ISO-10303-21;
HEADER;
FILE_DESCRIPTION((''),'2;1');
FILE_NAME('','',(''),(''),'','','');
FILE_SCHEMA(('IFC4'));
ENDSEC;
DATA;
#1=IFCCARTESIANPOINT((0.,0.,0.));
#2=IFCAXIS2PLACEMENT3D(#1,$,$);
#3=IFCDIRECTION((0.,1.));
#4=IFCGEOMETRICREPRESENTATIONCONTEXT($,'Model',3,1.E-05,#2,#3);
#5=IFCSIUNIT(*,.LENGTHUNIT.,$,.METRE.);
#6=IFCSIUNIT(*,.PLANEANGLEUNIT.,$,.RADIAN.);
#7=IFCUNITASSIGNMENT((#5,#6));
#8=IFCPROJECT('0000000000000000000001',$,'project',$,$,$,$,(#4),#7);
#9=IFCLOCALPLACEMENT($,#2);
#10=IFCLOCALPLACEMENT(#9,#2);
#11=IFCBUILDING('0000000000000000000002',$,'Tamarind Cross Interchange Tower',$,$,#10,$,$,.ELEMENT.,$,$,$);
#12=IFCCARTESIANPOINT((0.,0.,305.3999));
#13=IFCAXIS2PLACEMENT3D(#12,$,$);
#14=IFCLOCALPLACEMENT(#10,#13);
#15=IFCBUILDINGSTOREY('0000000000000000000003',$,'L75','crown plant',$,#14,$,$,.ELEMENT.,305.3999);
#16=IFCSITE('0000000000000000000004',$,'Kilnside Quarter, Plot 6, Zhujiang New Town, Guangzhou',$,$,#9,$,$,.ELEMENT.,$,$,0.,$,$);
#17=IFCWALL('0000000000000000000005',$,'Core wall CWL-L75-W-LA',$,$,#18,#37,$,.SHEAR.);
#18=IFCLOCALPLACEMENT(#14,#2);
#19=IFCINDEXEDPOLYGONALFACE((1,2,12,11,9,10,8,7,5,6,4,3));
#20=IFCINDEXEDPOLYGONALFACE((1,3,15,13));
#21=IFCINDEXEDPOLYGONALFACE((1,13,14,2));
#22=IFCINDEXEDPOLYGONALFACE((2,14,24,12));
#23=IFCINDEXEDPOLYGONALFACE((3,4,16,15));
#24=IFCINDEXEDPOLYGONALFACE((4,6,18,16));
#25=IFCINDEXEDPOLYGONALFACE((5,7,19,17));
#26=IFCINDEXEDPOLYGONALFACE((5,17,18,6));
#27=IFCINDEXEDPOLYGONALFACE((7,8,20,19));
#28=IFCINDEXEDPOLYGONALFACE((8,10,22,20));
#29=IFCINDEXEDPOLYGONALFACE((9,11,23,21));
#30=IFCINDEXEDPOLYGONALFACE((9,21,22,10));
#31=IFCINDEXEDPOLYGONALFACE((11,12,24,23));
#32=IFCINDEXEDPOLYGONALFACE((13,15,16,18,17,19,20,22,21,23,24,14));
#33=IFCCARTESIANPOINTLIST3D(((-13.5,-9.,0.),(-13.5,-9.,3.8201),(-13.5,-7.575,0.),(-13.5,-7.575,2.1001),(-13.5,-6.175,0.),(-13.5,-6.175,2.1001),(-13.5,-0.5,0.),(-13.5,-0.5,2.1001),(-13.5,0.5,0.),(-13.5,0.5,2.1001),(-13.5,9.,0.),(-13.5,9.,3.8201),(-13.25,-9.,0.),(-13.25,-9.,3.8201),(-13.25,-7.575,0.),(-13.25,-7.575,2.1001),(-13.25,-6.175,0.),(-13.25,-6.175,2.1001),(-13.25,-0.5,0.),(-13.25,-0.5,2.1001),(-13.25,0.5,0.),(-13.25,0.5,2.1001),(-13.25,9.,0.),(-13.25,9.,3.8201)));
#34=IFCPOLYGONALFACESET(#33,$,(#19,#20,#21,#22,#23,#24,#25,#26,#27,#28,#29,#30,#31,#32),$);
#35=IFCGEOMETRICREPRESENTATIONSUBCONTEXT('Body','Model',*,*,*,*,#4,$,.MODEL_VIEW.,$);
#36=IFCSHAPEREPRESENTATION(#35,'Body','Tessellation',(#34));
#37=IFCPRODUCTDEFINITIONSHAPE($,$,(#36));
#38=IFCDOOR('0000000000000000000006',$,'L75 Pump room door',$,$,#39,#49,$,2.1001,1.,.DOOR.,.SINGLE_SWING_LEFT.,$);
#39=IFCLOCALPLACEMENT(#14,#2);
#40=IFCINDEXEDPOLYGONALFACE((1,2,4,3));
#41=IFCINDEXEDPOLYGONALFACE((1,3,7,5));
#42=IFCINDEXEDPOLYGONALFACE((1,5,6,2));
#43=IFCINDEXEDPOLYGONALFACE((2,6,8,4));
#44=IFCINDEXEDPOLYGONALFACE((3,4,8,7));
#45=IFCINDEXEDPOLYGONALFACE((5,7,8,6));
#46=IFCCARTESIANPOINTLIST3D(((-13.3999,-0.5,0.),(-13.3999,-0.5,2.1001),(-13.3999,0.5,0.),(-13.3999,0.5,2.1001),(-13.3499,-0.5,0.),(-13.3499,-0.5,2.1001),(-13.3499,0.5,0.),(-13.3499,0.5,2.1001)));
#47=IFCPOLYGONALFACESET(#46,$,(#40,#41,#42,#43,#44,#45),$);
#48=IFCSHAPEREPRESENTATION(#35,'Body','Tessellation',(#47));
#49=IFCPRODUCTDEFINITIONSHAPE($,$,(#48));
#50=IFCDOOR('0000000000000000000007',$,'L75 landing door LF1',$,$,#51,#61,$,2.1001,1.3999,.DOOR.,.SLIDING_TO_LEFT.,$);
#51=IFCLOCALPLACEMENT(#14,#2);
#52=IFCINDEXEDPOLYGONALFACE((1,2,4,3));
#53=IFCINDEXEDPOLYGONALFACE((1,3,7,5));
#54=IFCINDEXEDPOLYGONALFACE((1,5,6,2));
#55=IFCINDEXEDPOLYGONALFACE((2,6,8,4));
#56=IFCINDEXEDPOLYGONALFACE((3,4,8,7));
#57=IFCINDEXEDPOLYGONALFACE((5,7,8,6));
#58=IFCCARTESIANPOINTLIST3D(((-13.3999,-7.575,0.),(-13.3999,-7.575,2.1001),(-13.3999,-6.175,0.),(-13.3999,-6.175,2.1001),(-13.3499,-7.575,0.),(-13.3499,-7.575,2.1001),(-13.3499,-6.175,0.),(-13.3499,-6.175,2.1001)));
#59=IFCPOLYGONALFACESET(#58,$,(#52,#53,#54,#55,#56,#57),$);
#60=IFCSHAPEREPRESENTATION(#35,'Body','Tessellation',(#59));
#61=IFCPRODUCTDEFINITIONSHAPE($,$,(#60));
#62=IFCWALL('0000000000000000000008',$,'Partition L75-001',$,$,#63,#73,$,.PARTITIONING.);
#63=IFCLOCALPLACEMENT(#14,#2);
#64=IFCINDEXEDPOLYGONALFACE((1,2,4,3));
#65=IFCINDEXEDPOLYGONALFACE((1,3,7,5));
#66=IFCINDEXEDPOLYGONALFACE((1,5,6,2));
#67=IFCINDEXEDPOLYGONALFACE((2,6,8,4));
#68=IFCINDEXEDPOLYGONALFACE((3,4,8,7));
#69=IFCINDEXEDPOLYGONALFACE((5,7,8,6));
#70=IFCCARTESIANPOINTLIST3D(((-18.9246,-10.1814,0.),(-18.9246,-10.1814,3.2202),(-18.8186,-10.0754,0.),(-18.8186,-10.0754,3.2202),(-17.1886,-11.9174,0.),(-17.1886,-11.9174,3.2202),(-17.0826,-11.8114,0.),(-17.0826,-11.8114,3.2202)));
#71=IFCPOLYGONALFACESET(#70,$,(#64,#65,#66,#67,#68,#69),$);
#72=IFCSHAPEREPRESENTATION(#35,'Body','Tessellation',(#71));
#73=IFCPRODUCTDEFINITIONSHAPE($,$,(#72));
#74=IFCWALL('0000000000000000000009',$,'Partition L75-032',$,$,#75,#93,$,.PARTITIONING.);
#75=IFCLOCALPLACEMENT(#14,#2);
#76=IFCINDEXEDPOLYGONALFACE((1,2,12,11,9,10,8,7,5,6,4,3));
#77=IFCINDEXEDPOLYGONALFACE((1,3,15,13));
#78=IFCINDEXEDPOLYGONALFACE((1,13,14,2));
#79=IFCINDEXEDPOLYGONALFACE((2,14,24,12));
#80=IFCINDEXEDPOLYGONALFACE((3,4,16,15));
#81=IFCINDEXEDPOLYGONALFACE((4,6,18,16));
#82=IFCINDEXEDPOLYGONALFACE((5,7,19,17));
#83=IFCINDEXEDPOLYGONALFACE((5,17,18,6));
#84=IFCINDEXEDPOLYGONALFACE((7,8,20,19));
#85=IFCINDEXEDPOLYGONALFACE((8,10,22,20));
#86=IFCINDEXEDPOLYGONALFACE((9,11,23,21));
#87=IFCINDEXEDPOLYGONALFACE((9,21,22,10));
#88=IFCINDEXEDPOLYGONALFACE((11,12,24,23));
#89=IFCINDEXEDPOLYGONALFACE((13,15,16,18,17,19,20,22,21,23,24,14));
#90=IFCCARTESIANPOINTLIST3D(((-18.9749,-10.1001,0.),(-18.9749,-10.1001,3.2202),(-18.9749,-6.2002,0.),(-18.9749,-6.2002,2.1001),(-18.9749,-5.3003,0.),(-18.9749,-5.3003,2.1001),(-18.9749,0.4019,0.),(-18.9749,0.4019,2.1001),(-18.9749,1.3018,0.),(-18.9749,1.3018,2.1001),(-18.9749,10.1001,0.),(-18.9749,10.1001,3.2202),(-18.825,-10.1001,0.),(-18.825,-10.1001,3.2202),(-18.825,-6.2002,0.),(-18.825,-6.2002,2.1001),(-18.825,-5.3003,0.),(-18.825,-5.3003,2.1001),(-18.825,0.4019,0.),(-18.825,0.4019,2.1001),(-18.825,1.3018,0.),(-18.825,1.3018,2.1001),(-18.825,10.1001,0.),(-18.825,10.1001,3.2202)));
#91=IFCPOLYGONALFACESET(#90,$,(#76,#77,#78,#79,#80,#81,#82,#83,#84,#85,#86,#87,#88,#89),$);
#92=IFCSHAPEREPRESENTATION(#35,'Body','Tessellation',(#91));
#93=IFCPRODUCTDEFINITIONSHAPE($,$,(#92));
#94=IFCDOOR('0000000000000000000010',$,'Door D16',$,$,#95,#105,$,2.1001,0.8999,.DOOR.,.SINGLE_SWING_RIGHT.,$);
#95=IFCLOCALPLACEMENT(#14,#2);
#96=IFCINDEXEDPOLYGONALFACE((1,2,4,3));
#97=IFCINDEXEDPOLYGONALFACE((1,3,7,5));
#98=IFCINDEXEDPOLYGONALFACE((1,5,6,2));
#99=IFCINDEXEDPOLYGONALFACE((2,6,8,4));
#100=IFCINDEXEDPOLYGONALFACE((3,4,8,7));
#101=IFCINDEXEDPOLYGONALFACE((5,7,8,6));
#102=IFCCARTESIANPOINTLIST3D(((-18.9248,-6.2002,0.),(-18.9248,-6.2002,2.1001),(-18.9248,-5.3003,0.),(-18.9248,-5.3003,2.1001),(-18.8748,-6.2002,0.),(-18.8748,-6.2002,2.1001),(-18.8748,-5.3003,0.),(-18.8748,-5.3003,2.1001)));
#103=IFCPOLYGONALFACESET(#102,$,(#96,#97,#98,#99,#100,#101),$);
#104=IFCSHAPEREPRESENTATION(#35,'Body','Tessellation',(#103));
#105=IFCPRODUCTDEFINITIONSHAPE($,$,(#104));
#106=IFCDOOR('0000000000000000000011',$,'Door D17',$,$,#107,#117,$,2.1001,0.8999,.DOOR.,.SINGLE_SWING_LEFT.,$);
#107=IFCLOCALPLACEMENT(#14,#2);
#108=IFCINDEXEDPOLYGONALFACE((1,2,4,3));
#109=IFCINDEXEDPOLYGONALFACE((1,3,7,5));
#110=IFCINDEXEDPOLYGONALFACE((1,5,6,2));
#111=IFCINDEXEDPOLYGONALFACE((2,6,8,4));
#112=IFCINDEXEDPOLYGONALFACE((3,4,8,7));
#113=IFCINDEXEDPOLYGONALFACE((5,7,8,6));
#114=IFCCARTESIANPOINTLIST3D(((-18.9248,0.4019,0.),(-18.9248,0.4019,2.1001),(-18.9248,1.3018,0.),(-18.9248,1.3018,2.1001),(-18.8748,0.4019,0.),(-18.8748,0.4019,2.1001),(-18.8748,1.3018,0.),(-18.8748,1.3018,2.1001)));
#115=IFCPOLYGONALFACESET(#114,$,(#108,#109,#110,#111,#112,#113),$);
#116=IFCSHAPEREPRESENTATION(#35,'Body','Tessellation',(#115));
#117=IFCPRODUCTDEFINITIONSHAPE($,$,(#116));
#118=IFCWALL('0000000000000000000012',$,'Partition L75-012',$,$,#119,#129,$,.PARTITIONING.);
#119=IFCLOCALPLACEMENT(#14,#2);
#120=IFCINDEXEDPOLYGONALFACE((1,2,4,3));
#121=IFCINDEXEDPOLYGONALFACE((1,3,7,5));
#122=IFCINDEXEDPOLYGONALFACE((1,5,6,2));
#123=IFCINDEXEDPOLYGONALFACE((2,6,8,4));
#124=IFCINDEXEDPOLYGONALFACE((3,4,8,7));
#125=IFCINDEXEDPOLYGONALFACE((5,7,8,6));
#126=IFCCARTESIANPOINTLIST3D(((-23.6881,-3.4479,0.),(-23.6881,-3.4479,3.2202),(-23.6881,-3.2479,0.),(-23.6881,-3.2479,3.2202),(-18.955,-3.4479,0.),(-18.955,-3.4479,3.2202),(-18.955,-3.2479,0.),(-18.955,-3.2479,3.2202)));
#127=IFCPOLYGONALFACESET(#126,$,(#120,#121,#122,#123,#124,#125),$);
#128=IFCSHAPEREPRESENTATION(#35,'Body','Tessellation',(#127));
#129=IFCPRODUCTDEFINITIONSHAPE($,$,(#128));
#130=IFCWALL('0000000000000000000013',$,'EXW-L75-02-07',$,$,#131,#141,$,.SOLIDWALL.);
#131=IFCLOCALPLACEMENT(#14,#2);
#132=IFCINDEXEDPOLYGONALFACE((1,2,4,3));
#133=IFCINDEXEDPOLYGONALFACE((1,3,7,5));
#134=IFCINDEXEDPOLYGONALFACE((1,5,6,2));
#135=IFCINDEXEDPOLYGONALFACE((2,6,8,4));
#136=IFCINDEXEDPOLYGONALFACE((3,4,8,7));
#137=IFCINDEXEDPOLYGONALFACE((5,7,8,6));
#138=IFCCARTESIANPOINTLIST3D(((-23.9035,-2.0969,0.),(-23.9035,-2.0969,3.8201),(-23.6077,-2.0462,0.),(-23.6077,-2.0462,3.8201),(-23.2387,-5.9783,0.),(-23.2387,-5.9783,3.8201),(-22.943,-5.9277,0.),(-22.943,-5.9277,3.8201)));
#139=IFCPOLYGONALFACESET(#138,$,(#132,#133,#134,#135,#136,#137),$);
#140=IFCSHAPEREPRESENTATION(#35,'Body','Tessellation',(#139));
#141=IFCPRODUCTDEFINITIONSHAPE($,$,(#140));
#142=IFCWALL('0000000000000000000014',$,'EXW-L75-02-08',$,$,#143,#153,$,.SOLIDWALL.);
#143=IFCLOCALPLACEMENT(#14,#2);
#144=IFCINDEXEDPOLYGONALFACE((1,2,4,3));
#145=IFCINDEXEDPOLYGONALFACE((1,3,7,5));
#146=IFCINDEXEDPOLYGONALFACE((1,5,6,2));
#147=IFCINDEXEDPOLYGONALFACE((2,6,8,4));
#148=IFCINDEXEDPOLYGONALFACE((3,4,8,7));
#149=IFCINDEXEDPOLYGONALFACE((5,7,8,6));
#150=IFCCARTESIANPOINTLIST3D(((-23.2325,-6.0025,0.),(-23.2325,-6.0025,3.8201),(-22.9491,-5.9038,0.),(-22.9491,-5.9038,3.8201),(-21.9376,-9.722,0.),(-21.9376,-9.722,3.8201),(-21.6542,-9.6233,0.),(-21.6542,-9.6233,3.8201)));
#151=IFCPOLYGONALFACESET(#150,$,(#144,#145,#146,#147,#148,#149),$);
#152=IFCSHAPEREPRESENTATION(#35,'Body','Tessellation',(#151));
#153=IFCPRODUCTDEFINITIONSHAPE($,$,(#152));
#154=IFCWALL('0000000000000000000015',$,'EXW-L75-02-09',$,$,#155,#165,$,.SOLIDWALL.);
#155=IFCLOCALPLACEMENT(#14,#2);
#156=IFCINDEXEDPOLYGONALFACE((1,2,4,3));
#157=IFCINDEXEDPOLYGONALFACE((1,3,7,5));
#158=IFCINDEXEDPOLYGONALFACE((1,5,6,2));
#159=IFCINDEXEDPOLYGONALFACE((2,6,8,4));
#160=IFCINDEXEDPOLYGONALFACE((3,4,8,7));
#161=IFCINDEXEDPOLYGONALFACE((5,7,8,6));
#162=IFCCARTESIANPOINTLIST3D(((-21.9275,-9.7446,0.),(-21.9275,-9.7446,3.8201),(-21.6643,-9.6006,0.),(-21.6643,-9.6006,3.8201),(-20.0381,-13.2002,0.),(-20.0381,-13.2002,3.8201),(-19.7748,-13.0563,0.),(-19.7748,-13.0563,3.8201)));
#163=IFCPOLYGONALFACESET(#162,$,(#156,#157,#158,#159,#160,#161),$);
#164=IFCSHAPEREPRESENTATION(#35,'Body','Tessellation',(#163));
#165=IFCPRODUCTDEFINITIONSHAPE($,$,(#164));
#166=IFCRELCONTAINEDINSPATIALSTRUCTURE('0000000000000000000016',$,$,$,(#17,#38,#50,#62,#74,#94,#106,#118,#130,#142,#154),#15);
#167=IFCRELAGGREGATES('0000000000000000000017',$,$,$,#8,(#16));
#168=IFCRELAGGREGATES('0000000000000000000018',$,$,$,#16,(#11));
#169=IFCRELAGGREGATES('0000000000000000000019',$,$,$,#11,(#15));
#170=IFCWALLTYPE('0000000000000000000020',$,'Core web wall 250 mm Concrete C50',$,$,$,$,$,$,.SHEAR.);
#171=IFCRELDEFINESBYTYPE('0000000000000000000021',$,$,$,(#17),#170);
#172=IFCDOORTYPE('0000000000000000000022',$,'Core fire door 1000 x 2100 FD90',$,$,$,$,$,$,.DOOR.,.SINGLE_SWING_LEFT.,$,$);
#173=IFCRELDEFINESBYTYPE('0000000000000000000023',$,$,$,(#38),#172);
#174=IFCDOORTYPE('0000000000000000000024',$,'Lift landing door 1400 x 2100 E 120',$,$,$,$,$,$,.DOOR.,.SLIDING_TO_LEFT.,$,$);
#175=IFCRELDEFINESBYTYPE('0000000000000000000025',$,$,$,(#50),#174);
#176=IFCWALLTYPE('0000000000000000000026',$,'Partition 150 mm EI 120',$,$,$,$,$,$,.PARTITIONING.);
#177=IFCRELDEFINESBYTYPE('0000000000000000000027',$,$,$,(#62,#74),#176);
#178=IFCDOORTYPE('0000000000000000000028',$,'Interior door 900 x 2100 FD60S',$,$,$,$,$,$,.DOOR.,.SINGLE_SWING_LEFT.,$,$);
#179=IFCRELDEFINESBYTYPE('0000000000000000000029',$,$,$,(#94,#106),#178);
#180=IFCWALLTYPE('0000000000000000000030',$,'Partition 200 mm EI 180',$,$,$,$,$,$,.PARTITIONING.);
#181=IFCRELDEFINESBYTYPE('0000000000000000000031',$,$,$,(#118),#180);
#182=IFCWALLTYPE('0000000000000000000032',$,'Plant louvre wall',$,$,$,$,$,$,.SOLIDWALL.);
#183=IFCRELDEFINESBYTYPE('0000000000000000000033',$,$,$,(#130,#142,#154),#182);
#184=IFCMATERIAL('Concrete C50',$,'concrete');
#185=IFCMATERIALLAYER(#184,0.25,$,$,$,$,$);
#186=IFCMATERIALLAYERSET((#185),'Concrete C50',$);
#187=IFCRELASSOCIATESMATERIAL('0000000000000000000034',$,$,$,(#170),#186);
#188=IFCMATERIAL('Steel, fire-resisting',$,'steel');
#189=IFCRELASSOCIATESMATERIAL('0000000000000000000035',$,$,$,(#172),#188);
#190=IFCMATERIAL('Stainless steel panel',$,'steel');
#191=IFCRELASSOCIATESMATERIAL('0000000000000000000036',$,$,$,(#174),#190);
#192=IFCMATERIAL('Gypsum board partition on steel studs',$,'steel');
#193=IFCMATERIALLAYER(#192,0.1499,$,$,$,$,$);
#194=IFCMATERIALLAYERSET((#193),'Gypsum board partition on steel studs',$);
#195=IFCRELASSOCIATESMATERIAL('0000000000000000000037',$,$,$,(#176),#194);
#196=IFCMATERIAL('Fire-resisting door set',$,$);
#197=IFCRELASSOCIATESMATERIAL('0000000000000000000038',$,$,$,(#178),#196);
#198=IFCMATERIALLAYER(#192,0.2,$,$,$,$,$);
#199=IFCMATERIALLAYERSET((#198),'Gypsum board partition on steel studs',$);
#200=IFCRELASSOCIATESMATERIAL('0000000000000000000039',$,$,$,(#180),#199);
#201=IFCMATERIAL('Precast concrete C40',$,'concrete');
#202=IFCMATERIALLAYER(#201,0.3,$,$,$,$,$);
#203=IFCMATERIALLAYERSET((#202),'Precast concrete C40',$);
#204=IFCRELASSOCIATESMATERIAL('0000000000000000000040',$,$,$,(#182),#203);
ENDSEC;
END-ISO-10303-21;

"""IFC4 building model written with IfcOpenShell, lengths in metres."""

from ifc_helpers import new_model, si_unit, direction, frame, frame_2d, origin, place, context, subcontext, project, spatial, rectangle, extrude, material, layer, layer_set, type_object, element, fill, save


model = new_model("IFC4")

# Units and contexts
model_context = context("Model", 3, precision=1e-05, world=origin(), true_north=direction((0.0, 1.0)))
body_context = subcontext(model_context, "Body", "Model", "MODEL_VIEW")
ifc_project = project(units=[si_unit("LENGTHUNIT", "METRE"), si_unit("PLANEANGLEUNIT", "RADIAN")], contexts=[model_context])

# Site, building, storey
site_placement = place(None, origin())
site = spatial("IfcSite", under=ifc_project, at=site_placement, Name="Kilnside Quarter, Plot 6, Zhujiang New Town, Guangzhou", CompositionType="ELEMENT", RefElevation=0.0)
building_placement = place(site_placement, origin())
building = spatial("IfcBuilding", under=site, at=building_placement, Name="Tamarind Cross Interchange Tower", CompositionType="ELEMENT")
storey_placement = place(building_placement, frame((0.0, 0.0, 305.3999)))
storey = spatial("IfcBuildingStorey", under=building, at=storey_placement, Name="L75", Description="crown plant", CompositionType="ELEMENT", Elevation=305.3999)

# Wall, openings, doors
ifc_material_1 = material(Name="Concrete C50", Category="concrete")
ifc_material_2 = material(Name="Steel, fire-resisting", Category="steel")
ifc_layer_1 = layer(ifc_material_1, 0.25)
ifc_layer_set_1 = layer_set([ifc_layer_1], Name="Concrete C50")
wall_type_1 = type_object("IfcWallType", Name="Core web wall 250 mm Concrete C50", PredefinedType="SHEAR", material=ifc_layer_set_1)
wall_1_placement = place(storey_placement, frame((-13.375, -9.0, 0.0), z_axis=(0.0, 0.0, 1.0), x_axis=(0.0, 1.0, 0.0)))
wall_1 = element("IfcWall", 1, at=wall_1_placement, inside=storey, type_object=wall_type_1, Name="Core wall CWL-L75-W-LA", PredefinedType="SHEAR", context=body_context, shape_type="SweptSolid", body=[
    extrude(rectangle(XDim=18.0, YDim=0.25, at=frame_2d((9.0, 0.0))), origin(), (0.0, 0.0, 1.0), 3.8201),
])
opening_1_placement = place(wall_1_placement, frame((1.425, 0.0, 0.0)))
opening_1 = element("IfcOpeningElement", 2, at=opening_1_placement, cuts=wall_1, PredefinedType="OPENING", context=body_context, shape_type="SweptSolid", body=[
    extrude(rectangle(XDim=1.3999, YDim=2.1001, at=frame_2d((0.7, 1.05))), frame((0.0, 0.135, 0.0), z_axis=(0.0, -1.0, 0.0), x_axis=(1.0, 0.0, 0.0)), (0.0, 0.0, 1.0), 0.27),
])
opening_2_placement = place(wall_1_placement, frame((8.5, 0.0, 0.0)))
opening_2 = element("IfcOpeningElement", 3, at=opening_2_placement, cuts=wall_1, PredefinedType="OPENING", context=body_context, shape_type="SweptSolid", body=[
    extrude(rectangle(XDim=1.0, YDim=2.1001, at=frame_2d((0.5, 1.05))), frame((0.0, 0.135, 0.0), z_axis=(0.0, -1.0, 0.0), x_axis=(1.0, 0.0, 0.0)), (0.0, 0.0, 1.0), 0.27),
])
door_type_1 = type_object("IfcDoorType", Name="Core fire door 1000 x 2100 FD90", OperationType="SINGLE_SWING_LEFT", PredefinedType="DOOR", material=ifc_material_2)
door_1_placement = place(opening_2_placement, origin())
door_1 = element("IfcDoor", 4, at=door_1_placement, inside=storey, type_object=door_type_1, Name="L75 Pump room door", OperationType="SINGLE_SWING_LEFT", OverallHeight=2.1001, OverallWidth=1.0, PredefinedType="DOOR", context=body_context, shape_type="SweptSolid", body=[
    extrude(rectangle(XDim=1.0, YDim=2.1001, at=frame_2d((0.5, 1.05))), frame((0.0, 0.0249, 0.0), z_axis=(0.0, -1.0, 0.0), x_axis=(1.0, 0.0, 0.0)), (0.0, 0.0, 1.0), 0.05),
])
fill(opening_2, door_1)
ifc_material_3 = material(Name="Stainless steel panel", Category="steel")
door_type_2 = type_object("IfcDoorType", Name="Lift landing door 1400 x 2100 E 120", OperationType="SLIDING_TO_LEFT", PredefinedType="DOOR", material=ifc_material_3)
door_2_placement = place(opening_1_placement, origin())
door_2 = element("IfcDoor", 5, at=door_2_placement, inside=storey, type_object=door_type_2, Name="L75 landing door LF1", OperationType="SLIDING_TO_LEFT", OverallHeight=2.1001, OverallWidth=1.3999, PredefinedType="DOOR", context=body_context, shape_type="SweptSolid", body=[
    extrude(rectangle(XDim=1.3999, YDim=2.1001, at=frame_2d((0.7, 1.05))), frame((0.0, 0.0249, 0.0), z_axis=(0.0, -1.0, 0.0), x_axis=(1.0, 0.0, 0.0)), (0.0, 0.0, 1.0), 0.05),
])
fill(opening_1, door_2)

# Wall
ifc_material_4 = material(Name="Gypsum board partition on steel studs", Category="steel")
ifc_layer_2 = layer(ifc_material_4, 0.1499)
ifc_layer_set_2 = layer_set([ifc_layer_2], Name="Gypsum board partition on steel studs")
wall_type_2 = type_object("IfcWallType", Name="Partition 150 mm EI 120", PredefinedType="PARTITIONING", material=ifc_layer_set_2)
wall_2_placement = place(storey_placement, frame((-18.8716, -10.1284, 0.0), z_axis=(0.0, 0.0, 1.0), x_axis=(0.707107, -0.707107, 0.0)))
element("IfcWall", 6, at=wall_2_placement, inside=storey, type_object=wall_type_2, Name="Partition L75-001", PredefinedType="PARTITIONING", context=body_context, shape_type="SweptSolid", body=[
    extrude(rectangle(XDim=2.4551, YDim=0.1499, at=frame_2d((1.2275, 0.0))), origin(), (0.0, 0.0, 1.0), 3.2202),
])

# Wall, openings, doors
wall_3_placement = place(storey_placement, frame((-18.8999, -10.1001, 0.0), z_axis=(0.0, 0.0, 1.0), x_axis=(0.0, 1.0, 0.0)))
wall_3 = element("IfcWall", 7, at=wall_3_placement, inside=storey, type_object=wall_type_2, Name="Partition L75-032", PredefinedType="PARTITIONING", context=body_context, shape_type="SweptSolid", body=[
    extrude(rectangle(XDim=20.2002, YDim=0.1499, at=frame_2d((10.1001, 0.0))), origin(), (0.0, 0.0, 1.0), 3.2202),
])
opening_3_placement = place(wall_3_placement, frame((3.8999, 0.0, 0.0)))
opening_3 = element("IfcOpeningElement", 8, at=opening_3_placement, cuts=wall_3, PredefinedType="OPENING", context=body_context, shape_type="SweptSolid", body=[
    extrude(rectangle(XDim=0.8999, YDim=2.1001, at=frame_2d((0.45, 1.05))), frame((0.0, 0.085, 0.0), z_axis=(0.0, -1.0, 0.0), x_axis=(1.0, 0.0, 0.0)), (0.0, 0.0, 1.0), 0.1699),
])
opening_4_placement = place(wall_3_placement, frame((10.502, 0.0, 0.0)))
opening_4 = element("IfcOpeningElement", 9, at=opening_4_placement, cuts=wall_3, PredefinedType="OPENING", context=body_context, shape_type="SweptSolid", body=[
    extrude(rectangle(XDim=0.8999, YDim=2.1001, at=frame_2d((0.45, 1.05))), frame((0.0, 0.085, 0.0), z_axis=(0.0, -1.0, 0.0), x_axis=(1.0, 0.0, 0.0)), (0.0, 0.0, 1.0), 0.1699),
])
ifc_material_5 = material(Name="Fire-resisting door set")
door_type_3 = type_object("IfcDoorType", Name="Interior door 900 x 2100 FD60S", OperationType="SINGLE_SWING_LEFT", PredefinedType="DOOR", material=ifc_material_5)
door_3_placement = place(opening_3_placement, origin())
door_3 = element("IfcDoor", 10, at=door_3_placement, inside=storey, type_object=door_type_3, Name="Door D16", OperationType="SINGLE_SWING_RIGHT", OverallHeight=2.1001, OverallWidth=0.8999, PredefinedType="DOOR", context=body_context, shape_type="SweptSolid", body=[
    extrude(rectangle(XDim=0.8999, YDim=2.1001, at=frame_2d((0.45, 1.05))), frame((0.0, 0.0249, 0.0), z_axis=(0.0, -1.0, 0.0), x_axis=(1.0, 0.0, 0.0)), (0.0, 0.0, 1.0), 0.05),
])
fill(opening_3, door_3)
door_4_placement = place(opening_4_placement, origin())
door_4 = element("IfcDoor", 11, at=door_4_placement, inside=storey, type_object=door_type_3, Name="Door D17", OperationType="SINGLE_SWING_LEFT", OverallHeight=2.1001, OverallWidth=0.8999, PredefinedType="DOOR", context=body_context, shape_type="SweptSolid", body=[
    extrude(rectangle(XDim=0.8999, YDim=2.1001, at=frame_2d((0.45, 1.05))), frame((0.0, 0.0249, 0.0), z_axis=(0.0, -1.0, 0.0), x_axis=(1.0, 0.0, 0.0)), (0.0, 0.0, 1.0), 0.05),
])
fill(opening_4, door_4)

# Walls
ifc_layer_3 = layer(ifc_material_4, 0.2)
ifc_layer_set_3 = layer_set([ifc_layer_3], Name="Gypsum board partition on steel studs")
wall_type_3 = type_object("IfcWallType", Name="Partition 200 mm EI 180", PredefinedType="PARTITIONING", material=ifc_layer_set_3)
wall_4_placement = place(storey_placement, frame((-23.6882, -3.3479, 0.0), z_axis=(0.0, 0.0, 1.0), x_axis=(1.0, 0.0, 0.0)))
element("IfcWall", 12, at=wall_4_placement, inside=storey, type_object=wall_type_3, Name="Partition L75-012", PredefinedType="PARTITIONING", context=body_context, shape_type="SweptSolid", body=[
    extrude(rectangle(XDim=4.7332, YDim=0.2, at=frame_2d((2.3667, 0.0))), origin(), (0.0, 0.0, 1.0), 3.2202),
])
ifc_material_6 = material(Name="Precast concrete C40", Category="concrete")
ifc_layer_4 = layer(ifc_material_6, 0.3)
ifc_layer_set_4 = layer_set([ifc_layer_4], Name="Precast concrete C40")
wall_type_4 = type_object("IfcWallType", Name="Plant louvre wall", PredefinedType="SOLIDWALL", material=ifc_layer_set_4)
wall_5_placement = place(storey_placement, frame((-23.7556, -2.0715, 0.0), z_axis=(0.0, 0.0, 1.0), x_axis=(0.168811, -0.985648, 0.0)))
element("IfcWall", 13, at=wall_5_placement, inside=storey, type_object=wall_type_4, Name="EXW-L75-02-07", PredefinedType="SOLIDWALL", context=body_context, shape_type="SweptSolid", body=[
    extrude(rectangle(XDim=3.938, YDim=0.3, at=frame_2d((1.969, 0.0))), origin(), (0.0, 0.0, 1.0), 3.8201),
])
for number, where, z_axis, x_axis, name in (
    (14, (-23.0908, -5.9531, 0.0), (0.0, 0.0, 1.0), (0.32879, -0.944403, 0.0), "EXW-L75-02-08"),
    (15, (-21.7959, -9.6726, 0.0), (0.0, 0.0, 1.0), (0.479742, -0.877409, 0.0), "EXW-L75-02-09"),
):
    element("IfcWall", number, at=place(storey_placement, frame(where, z_axis=z_axis, x_axis=x_axis)), inside=storey, type_object=wall_type_4, Name=name, PredefinedType="SOLIDWALL", context=body_context, shape_type="SweptSolid", body=[
        extrude(rectangle(XDim=3.9385, YDim=0.3, at=frame_2d((1.9692, 0.0))), origin(), (0.0, 0.0, 1.0), 3.8201),
    ])

save(model, "model.ifc")
